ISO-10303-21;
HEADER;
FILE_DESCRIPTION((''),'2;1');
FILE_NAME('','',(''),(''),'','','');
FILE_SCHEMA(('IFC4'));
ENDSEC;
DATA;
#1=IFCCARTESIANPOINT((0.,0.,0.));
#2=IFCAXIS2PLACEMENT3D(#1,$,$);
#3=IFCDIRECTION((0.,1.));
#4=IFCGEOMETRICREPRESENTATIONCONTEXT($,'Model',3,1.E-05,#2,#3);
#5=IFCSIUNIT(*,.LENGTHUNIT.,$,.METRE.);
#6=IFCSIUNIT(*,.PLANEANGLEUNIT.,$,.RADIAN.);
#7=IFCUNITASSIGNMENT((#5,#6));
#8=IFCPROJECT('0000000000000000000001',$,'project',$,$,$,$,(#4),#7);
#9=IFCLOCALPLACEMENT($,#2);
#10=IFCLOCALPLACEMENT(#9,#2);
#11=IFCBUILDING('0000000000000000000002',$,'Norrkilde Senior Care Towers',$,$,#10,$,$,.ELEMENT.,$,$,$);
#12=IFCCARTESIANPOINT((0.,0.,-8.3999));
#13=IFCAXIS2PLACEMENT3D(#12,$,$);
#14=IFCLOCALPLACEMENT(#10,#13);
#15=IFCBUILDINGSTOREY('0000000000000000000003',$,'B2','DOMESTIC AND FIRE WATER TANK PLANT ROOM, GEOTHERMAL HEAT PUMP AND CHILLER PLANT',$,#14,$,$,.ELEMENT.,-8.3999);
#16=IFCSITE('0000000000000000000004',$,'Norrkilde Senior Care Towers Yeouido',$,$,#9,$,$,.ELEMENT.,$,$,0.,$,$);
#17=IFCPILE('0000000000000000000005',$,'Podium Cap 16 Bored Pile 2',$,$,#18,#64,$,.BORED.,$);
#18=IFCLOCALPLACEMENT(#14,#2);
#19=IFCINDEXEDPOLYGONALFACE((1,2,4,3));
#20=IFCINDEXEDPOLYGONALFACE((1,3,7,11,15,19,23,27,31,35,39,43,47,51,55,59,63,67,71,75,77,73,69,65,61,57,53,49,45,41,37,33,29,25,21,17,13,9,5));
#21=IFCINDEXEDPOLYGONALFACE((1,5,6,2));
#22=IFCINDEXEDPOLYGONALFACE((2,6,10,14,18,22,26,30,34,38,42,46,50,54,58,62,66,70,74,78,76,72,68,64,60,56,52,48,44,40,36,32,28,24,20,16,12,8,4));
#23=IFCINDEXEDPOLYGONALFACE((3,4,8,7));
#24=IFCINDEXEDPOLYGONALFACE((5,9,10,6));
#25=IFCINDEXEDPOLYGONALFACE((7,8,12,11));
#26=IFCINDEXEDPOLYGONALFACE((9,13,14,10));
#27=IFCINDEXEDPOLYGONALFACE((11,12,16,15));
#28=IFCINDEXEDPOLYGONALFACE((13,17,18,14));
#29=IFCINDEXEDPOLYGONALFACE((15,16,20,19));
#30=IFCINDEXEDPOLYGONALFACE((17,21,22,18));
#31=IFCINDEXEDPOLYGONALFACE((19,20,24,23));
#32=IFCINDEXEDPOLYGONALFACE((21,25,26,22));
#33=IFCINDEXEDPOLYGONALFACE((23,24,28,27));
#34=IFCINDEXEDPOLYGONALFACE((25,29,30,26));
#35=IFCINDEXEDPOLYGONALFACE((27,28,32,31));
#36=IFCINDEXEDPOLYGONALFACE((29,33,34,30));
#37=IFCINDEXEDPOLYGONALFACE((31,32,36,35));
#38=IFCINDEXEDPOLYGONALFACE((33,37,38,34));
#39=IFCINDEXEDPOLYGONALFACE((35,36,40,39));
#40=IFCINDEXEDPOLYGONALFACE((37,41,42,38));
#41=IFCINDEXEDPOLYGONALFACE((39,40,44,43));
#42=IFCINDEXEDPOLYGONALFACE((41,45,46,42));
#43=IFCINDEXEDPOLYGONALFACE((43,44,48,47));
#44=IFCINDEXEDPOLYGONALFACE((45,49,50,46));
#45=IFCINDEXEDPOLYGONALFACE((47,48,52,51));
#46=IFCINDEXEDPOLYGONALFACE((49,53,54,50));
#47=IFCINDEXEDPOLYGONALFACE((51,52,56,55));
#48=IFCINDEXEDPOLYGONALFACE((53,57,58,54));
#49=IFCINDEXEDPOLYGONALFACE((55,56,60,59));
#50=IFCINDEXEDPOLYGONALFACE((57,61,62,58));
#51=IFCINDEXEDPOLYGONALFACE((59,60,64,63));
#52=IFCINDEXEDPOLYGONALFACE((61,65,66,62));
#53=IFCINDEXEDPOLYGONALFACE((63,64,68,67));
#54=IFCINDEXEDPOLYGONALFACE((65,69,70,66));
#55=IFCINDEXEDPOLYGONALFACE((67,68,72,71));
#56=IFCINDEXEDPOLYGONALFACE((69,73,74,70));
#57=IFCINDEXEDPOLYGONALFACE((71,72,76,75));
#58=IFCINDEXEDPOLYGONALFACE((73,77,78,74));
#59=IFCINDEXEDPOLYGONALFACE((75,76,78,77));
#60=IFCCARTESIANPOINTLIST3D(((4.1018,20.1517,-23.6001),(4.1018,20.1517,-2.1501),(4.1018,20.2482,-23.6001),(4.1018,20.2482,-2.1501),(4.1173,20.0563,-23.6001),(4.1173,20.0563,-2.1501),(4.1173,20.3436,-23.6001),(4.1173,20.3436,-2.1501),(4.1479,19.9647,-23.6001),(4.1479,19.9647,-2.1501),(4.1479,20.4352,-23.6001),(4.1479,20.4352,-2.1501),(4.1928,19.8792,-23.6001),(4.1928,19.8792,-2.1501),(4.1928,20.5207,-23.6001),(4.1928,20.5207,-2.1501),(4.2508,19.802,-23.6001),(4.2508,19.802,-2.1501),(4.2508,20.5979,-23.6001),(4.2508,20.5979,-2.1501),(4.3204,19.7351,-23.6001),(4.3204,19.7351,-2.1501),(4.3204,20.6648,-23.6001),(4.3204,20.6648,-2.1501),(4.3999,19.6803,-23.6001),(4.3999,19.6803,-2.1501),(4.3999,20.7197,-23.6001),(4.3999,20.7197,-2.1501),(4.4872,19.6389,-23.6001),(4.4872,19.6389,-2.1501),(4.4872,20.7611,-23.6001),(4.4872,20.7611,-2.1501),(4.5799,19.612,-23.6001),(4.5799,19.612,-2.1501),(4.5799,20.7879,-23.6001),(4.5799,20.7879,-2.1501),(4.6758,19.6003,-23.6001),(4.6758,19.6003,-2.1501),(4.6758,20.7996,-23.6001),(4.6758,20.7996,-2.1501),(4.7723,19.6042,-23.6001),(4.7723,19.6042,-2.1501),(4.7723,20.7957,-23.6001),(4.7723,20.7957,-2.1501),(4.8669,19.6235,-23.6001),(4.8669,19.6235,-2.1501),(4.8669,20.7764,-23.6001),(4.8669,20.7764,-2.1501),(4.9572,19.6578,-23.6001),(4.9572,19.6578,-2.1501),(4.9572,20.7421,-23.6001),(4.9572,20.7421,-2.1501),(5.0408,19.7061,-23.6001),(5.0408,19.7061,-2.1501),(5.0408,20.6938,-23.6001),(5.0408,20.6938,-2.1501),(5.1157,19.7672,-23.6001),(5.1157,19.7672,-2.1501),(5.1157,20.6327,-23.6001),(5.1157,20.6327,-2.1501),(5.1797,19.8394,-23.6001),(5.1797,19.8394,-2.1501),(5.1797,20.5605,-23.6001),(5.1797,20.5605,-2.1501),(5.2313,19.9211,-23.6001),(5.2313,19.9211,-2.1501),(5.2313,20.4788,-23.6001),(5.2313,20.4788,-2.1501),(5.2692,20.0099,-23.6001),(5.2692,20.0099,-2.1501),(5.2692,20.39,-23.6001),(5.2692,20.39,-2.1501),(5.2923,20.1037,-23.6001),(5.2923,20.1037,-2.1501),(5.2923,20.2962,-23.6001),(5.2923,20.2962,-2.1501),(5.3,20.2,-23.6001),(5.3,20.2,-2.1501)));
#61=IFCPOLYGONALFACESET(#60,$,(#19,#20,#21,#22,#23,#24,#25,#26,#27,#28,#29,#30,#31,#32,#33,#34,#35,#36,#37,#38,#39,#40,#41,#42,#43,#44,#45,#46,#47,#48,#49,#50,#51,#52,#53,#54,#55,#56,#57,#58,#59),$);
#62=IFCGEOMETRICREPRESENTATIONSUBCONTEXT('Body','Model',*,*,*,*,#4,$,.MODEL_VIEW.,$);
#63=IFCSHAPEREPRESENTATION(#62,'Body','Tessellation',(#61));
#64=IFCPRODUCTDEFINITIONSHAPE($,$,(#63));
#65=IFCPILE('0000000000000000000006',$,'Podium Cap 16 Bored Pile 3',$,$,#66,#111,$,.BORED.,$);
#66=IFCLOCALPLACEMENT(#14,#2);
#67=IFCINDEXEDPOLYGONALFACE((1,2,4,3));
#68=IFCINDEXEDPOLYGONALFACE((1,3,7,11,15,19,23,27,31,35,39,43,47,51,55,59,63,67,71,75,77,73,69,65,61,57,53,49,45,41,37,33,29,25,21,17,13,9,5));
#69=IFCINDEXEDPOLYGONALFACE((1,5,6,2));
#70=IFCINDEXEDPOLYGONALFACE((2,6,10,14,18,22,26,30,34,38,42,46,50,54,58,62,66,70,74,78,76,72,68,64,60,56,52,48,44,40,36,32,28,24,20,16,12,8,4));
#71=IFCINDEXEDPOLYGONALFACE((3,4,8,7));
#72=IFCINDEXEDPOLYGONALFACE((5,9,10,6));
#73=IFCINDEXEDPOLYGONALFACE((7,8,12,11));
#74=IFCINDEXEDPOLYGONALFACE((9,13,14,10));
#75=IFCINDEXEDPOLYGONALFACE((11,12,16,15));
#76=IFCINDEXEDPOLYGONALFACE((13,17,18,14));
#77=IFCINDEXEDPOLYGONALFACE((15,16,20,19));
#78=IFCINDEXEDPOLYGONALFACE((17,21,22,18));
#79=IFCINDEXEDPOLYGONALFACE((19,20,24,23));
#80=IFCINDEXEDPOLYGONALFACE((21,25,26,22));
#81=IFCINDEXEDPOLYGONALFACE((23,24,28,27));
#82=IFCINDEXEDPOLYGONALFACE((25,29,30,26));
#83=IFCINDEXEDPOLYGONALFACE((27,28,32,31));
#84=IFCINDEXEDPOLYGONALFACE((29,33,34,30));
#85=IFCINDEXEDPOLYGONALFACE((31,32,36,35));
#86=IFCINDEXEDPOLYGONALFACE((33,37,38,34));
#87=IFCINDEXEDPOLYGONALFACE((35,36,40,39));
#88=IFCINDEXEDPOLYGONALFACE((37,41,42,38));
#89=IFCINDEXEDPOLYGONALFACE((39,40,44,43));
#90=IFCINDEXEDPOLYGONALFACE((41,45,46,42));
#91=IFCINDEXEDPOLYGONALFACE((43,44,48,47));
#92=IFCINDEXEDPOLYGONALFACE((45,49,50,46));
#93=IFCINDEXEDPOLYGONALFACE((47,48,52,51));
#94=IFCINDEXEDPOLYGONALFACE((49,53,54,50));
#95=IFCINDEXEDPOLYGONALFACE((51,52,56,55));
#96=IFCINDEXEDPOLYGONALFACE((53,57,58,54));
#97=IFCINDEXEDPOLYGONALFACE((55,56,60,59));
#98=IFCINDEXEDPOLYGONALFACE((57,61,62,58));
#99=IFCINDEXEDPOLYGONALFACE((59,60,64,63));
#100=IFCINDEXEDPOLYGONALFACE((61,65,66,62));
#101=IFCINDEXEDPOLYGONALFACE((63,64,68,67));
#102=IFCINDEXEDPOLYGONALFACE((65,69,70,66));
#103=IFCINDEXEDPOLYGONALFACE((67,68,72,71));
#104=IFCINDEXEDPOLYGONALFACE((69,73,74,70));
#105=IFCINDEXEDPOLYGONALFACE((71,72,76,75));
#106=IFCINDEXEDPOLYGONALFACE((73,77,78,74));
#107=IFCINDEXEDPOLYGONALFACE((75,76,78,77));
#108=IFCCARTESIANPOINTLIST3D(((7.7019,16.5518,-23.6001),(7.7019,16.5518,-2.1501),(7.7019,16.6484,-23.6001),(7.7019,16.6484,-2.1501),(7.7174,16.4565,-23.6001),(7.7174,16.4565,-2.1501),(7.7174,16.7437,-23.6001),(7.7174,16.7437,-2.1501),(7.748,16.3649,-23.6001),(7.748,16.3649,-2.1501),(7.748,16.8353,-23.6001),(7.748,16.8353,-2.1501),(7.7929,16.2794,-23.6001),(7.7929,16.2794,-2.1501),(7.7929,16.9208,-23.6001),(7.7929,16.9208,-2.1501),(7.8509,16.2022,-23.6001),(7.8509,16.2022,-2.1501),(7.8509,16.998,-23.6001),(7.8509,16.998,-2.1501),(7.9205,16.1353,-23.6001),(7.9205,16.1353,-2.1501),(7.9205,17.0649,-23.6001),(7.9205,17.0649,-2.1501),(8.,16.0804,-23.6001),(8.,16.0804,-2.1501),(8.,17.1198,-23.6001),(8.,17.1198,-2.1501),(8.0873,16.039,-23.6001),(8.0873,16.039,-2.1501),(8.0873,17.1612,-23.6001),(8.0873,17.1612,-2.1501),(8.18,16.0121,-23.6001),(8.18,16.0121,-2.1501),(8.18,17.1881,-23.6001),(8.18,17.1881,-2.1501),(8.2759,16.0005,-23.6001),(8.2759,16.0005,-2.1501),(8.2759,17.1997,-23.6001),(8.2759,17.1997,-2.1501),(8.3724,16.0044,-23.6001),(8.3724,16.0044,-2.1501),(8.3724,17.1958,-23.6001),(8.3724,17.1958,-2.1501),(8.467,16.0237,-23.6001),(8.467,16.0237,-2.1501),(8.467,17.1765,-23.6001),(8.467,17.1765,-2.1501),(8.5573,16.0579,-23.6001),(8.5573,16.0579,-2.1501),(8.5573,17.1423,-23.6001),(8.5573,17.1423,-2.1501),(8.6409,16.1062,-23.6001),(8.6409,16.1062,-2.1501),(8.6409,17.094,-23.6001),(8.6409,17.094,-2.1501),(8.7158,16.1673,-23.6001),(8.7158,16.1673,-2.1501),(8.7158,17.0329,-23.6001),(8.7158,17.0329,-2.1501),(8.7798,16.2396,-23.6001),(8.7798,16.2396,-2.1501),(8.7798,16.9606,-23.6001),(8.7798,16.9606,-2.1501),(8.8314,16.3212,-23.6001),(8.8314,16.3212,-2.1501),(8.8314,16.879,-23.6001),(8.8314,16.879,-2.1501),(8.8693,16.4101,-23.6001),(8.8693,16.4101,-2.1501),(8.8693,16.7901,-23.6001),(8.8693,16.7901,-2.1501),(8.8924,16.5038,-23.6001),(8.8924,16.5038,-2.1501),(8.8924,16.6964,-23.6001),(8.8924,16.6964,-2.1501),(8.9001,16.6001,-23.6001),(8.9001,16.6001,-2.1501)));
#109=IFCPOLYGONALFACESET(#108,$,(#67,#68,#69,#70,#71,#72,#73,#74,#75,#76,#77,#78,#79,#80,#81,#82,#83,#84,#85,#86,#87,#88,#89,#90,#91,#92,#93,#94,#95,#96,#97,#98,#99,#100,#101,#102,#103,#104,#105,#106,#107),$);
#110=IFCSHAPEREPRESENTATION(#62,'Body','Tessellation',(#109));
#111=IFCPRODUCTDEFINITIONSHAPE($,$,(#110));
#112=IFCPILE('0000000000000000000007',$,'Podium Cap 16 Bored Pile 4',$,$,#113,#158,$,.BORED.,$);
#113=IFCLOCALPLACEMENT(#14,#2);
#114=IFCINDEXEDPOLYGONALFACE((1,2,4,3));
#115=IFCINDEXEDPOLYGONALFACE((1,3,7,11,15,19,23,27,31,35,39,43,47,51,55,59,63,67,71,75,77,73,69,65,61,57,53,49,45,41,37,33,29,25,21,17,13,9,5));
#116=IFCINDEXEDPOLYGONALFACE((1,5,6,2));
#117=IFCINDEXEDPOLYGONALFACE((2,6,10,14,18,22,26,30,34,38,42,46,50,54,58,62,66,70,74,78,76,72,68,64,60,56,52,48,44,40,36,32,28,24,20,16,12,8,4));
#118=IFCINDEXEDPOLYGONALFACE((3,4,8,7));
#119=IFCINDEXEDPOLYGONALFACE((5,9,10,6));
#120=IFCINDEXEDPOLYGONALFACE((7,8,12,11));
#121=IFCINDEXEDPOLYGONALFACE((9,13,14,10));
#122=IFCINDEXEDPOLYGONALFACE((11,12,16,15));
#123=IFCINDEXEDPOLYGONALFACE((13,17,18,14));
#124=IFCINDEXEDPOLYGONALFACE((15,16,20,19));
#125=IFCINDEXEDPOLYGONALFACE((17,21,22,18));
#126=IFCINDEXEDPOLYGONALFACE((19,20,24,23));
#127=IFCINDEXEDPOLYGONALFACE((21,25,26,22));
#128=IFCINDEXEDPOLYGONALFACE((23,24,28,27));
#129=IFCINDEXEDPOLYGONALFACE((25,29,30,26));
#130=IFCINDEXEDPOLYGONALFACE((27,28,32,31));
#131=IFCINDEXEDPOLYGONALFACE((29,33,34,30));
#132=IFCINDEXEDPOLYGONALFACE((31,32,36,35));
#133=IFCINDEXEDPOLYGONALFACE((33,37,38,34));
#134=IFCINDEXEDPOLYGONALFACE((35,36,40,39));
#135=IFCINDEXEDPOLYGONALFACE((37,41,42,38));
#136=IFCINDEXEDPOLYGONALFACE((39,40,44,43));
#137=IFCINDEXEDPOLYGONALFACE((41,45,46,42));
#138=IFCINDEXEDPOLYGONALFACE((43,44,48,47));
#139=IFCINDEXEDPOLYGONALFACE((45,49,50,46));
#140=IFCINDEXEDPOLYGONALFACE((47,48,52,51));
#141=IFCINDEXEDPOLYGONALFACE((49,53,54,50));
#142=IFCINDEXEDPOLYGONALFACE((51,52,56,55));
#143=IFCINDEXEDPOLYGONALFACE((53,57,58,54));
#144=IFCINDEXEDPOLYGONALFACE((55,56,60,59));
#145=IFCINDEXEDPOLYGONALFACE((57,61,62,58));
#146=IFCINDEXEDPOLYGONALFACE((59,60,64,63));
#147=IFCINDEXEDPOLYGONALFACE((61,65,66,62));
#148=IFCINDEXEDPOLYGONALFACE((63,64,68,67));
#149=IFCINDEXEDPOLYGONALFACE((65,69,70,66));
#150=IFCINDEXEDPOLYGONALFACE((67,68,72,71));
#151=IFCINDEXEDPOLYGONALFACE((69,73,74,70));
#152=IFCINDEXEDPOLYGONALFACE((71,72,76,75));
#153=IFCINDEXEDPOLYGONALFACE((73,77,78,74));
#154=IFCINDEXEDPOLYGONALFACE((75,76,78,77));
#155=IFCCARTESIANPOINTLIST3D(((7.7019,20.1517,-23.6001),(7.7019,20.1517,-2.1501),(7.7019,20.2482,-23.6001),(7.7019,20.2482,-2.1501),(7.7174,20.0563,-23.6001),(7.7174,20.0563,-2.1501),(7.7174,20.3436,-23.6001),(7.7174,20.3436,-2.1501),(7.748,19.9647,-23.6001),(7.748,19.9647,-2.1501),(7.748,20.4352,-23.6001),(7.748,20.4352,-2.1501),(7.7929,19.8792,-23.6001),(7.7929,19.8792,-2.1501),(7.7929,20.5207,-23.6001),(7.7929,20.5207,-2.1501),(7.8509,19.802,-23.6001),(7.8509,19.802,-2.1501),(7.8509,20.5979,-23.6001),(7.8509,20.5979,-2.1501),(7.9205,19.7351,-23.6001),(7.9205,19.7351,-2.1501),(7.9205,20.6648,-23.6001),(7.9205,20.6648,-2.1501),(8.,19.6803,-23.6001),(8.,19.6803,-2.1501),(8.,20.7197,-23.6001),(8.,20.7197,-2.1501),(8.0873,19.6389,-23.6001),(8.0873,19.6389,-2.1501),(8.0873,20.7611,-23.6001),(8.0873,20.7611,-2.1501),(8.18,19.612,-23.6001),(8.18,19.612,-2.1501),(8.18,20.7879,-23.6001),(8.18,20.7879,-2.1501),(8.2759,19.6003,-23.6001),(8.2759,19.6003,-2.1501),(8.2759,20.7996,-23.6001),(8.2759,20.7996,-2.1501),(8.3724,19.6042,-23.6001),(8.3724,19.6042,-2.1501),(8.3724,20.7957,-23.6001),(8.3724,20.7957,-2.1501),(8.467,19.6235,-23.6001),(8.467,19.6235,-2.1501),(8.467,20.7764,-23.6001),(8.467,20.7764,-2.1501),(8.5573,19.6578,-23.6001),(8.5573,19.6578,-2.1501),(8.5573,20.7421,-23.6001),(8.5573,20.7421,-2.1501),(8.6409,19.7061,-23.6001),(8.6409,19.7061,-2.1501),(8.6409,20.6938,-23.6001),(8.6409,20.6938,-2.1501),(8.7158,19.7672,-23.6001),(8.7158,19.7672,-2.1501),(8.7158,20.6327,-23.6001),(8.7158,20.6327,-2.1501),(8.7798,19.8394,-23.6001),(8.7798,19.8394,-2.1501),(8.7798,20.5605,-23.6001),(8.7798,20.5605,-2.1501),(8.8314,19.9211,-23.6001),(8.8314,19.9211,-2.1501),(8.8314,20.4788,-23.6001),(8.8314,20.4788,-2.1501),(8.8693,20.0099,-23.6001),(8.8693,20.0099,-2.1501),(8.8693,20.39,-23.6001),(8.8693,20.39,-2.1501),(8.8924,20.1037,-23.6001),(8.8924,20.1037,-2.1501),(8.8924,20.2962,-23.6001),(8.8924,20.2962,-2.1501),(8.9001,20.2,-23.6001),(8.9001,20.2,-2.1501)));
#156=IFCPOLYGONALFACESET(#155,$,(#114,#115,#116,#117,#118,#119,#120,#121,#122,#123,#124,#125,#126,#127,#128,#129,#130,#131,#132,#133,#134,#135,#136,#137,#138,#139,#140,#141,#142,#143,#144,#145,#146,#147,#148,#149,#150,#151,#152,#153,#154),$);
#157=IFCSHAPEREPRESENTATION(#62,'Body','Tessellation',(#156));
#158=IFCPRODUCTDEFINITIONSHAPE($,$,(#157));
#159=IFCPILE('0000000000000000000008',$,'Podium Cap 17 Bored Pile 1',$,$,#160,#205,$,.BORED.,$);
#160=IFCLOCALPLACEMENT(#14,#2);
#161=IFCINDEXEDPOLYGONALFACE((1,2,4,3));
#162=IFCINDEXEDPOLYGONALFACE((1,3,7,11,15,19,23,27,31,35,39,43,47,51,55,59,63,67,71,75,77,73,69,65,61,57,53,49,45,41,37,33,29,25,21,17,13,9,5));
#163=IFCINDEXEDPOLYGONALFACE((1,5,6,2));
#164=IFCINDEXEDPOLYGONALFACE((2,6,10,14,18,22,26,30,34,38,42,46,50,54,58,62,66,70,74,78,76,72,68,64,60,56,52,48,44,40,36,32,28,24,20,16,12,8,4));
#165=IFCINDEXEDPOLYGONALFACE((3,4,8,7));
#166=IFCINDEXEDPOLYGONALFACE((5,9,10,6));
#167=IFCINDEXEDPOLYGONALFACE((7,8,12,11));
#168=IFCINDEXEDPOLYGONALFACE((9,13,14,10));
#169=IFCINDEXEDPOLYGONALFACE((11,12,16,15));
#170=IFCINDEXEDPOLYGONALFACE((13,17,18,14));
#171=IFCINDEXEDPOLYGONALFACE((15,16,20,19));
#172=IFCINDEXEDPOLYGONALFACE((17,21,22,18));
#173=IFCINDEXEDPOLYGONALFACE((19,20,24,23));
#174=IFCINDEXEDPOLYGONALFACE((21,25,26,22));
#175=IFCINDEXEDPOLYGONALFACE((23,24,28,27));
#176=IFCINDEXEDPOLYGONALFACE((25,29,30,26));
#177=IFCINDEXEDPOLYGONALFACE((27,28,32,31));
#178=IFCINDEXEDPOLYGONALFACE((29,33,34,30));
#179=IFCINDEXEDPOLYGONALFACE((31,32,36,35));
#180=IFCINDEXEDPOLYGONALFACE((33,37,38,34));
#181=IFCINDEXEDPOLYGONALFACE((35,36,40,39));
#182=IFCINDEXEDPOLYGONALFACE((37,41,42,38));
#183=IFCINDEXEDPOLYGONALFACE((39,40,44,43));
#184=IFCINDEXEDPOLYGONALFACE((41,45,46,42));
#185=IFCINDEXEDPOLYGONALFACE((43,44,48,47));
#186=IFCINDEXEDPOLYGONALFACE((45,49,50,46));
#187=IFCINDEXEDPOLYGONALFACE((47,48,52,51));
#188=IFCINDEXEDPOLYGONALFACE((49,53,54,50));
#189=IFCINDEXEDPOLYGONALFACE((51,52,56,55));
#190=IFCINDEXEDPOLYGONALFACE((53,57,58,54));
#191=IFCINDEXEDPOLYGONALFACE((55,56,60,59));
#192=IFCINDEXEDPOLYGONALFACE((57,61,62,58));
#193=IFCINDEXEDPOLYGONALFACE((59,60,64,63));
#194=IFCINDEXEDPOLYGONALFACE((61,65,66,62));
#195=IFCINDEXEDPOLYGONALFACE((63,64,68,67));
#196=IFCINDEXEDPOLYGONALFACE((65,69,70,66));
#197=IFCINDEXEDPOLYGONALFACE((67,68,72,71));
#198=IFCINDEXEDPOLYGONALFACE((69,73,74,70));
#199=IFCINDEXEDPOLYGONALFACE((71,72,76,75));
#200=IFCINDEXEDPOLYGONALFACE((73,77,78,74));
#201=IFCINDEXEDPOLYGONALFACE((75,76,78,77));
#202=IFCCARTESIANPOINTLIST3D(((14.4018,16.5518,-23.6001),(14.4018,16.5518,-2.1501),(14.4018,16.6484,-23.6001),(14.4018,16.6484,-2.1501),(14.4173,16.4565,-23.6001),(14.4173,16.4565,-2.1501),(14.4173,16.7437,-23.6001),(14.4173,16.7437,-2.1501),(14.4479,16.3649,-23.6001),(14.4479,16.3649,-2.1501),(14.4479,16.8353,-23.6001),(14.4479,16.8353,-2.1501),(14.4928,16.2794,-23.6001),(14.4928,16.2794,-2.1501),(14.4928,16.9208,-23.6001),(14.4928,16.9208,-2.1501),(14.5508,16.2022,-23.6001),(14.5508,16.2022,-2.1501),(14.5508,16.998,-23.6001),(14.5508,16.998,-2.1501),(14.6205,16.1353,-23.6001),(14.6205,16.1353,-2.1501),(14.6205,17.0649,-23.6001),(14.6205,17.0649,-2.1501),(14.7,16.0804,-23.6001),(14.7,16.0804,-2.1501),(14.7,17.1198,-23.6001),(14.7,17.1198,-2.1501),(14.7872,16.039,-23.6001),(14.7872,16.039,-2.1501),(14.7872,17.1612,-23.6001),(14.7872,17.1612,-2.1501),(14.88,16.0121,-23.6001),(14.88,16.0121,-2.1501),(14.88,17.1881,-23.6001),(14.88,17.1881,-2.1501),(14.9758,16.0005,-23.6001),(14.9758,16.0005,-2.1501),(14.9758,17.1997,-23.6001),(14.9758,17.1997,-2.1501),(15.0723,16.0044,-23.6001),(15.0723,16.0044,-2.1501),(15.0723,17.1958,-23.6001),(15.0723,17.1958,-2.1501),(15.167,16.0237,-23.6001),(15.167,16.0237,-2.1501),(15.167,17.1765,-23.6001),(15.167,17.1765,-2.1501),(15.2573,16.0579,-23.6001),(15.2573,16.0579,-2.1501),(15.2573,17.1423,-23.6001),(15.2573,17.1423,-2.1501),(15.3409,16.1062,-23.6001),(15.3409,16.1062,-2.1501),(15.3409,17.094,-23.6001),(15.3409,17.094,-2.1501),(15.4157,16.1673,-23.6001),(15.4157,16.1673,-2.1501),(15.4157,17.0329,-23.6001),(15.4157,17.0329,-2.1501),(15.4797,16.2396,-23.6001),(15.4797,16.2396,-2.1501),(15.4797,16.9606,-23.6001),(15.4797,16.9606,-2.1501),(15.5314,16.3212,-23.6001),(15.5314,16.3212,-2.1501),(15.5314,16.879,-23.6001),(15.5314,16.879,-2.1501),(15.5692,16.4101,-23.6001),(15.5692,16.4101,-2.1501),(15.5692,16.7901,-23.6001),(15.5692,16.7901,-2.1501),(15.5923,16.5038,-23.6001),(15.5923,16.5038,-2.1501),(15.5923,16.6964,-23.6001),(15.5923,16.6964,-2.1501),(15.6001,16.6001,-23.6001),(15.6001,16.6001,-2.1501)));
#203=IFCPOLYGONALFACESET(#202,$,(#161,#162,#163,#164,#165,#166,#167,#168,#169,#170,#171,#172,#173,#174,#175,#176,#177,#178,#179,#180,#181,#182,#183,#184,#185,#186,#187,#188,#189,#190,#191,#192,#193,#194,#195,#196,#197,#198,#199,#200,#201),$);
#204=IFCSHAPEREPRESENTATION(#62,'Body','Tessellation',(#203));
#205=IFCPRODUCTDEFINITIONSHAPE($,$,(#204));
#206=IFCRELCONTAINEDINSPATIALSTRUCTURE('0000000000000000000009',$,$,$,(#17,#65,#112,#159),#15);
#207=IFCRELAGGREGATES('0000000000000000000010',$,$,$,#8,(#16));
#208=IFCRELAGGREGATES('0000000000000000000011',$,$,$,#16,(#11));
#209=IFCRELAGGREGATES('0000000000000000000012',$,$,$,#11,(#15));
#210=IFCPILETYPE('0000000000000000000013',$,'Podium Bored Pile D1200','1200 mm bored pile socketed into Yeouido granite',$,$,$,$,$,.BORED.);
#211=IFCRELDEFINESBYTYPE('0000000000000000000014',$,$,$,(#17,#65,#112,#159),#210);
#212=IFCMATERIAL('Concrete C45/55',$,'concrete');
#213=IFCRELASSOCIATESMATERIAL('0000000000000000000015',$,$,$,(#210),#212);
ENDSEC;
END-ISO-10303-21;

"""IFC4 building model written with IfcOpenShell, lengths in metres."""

from ifc_helpers import new_model, si_unit, direction, frame, origin, origin_2d, place, context, subcontext, project, spatial, circle, extrude, source, transform, mapped, material, material_profile, profile_set, type_object, element, save


model = new_model("IFC4")

# Units and contexts
model_context = context("Model", 3, precision=1e-05, world=origin(), true_north=direction((0.0, 1.0)))
body_context = subcontext(model_context, "Body", "Model", "MODEL_VIEW")
ifc_project = project(units=[si_unit("LENGTHUNIT", "METRE"), si_unit("PLANEANGLEUNIT", "RADIAN")], contexts=[model_context])

# Site, building, storey
site_placement = place(None, origin())
site = spatial("IfcSite", under=ifc_project, at=site_placement, Name="Norrkilde Senior Care Towers Yeouido", CompositionType="ELEMENT", RefElevation=0.0)
building_placement = place(site_placement, origin())
building = spatial("IfcBuilding", under=site, at=building_placement, Name="Norrkilde Senior Care Towers", CompositionType="ELEMENT")
storey_placement = place(building_placement, frame((0.0, 0.0, -8.3999)))
storey = spatial("IfcBuildingStorey", under=building, at=storey_placement, Name="B2", Description="DOMESTIC AND FIRE WATER TANK PLANT ROOM, GEOTHERMAL HEAT PUMP AND CHILLER PLANT", CompositionType="ELEMENT", Elevation=-8.3999)

# Piles
ifc_material_1 = material(Name="Concrete C45/55", Category="concrete")
ifc_material_profile_1 = material_profile(ifc_material_1, circle(Radius=0.6001, at=origin_2d()), Name="BORED PILE 1200")
ifc_profile_set_1 = profile_set([ifc_material_profile_1], Name="Concrete C45/55")
pile_type_1 = type_object("IfcPileType", Name="Podium Bored Pile D1200", Description="1200 mm bored pile socketed into Yeouido granite", PredefinedType="BORED", material=ifc_profile_set_1)
shared_shape_1 = source(origin(), body_context, "Body", "SweptSolid", [
    extrude(circle(Radius=0.6001, at=origin_2d()), origin(), (0.0, 0.0, 1.0), 21.45),
])
for number, where, z_axis, x_axis, name in (
    (1, (4.7, 20.2, -2.1501), (0.0, 0.0, -1.0), (1.0, 0.0, 0.0), "Podium Cap 16 Bored Pile 2"),
    (2, (8.3, 16.6001, -2.1501), (0.0, 0.0, -1.0), (1.0, 0.0, 0.0), "Podium Cap 16 Bored Pile 3"),
    (3, (8.3, 20.2, -2.1501), (0.0, 0.0, -1.0), (1.0, 0.0, 0.0), "Podium Cap 16 Bored Pile 4"),
    (4, (15.0, 16.6001, -2.1501), (0.0, 0.0, -1.0), (1.0, 0.0, 0.0), "Podium Cap 17 Bored Pile 1"),
):
    element("IfcPile", number, at=place(storey_placement, frame(where, z_axis=z_axis, x_axis=x_axis)), inside=storey, type_object=pile_type_1, Name=name, PredefinedType="BORED", context=body_context, shape_type="MappedRepresentation", body=[
        mapped(shared_shape_1, transform((0.0, 0.0, 0.0), x_axis=(1.0, 0.0, 0.0), y_axis=(0.0, 1.0, 0.0), z_axis=(0.0, 0.0, 1.0), scale=1.0)),
    ])

save(model, "model.ifc")
